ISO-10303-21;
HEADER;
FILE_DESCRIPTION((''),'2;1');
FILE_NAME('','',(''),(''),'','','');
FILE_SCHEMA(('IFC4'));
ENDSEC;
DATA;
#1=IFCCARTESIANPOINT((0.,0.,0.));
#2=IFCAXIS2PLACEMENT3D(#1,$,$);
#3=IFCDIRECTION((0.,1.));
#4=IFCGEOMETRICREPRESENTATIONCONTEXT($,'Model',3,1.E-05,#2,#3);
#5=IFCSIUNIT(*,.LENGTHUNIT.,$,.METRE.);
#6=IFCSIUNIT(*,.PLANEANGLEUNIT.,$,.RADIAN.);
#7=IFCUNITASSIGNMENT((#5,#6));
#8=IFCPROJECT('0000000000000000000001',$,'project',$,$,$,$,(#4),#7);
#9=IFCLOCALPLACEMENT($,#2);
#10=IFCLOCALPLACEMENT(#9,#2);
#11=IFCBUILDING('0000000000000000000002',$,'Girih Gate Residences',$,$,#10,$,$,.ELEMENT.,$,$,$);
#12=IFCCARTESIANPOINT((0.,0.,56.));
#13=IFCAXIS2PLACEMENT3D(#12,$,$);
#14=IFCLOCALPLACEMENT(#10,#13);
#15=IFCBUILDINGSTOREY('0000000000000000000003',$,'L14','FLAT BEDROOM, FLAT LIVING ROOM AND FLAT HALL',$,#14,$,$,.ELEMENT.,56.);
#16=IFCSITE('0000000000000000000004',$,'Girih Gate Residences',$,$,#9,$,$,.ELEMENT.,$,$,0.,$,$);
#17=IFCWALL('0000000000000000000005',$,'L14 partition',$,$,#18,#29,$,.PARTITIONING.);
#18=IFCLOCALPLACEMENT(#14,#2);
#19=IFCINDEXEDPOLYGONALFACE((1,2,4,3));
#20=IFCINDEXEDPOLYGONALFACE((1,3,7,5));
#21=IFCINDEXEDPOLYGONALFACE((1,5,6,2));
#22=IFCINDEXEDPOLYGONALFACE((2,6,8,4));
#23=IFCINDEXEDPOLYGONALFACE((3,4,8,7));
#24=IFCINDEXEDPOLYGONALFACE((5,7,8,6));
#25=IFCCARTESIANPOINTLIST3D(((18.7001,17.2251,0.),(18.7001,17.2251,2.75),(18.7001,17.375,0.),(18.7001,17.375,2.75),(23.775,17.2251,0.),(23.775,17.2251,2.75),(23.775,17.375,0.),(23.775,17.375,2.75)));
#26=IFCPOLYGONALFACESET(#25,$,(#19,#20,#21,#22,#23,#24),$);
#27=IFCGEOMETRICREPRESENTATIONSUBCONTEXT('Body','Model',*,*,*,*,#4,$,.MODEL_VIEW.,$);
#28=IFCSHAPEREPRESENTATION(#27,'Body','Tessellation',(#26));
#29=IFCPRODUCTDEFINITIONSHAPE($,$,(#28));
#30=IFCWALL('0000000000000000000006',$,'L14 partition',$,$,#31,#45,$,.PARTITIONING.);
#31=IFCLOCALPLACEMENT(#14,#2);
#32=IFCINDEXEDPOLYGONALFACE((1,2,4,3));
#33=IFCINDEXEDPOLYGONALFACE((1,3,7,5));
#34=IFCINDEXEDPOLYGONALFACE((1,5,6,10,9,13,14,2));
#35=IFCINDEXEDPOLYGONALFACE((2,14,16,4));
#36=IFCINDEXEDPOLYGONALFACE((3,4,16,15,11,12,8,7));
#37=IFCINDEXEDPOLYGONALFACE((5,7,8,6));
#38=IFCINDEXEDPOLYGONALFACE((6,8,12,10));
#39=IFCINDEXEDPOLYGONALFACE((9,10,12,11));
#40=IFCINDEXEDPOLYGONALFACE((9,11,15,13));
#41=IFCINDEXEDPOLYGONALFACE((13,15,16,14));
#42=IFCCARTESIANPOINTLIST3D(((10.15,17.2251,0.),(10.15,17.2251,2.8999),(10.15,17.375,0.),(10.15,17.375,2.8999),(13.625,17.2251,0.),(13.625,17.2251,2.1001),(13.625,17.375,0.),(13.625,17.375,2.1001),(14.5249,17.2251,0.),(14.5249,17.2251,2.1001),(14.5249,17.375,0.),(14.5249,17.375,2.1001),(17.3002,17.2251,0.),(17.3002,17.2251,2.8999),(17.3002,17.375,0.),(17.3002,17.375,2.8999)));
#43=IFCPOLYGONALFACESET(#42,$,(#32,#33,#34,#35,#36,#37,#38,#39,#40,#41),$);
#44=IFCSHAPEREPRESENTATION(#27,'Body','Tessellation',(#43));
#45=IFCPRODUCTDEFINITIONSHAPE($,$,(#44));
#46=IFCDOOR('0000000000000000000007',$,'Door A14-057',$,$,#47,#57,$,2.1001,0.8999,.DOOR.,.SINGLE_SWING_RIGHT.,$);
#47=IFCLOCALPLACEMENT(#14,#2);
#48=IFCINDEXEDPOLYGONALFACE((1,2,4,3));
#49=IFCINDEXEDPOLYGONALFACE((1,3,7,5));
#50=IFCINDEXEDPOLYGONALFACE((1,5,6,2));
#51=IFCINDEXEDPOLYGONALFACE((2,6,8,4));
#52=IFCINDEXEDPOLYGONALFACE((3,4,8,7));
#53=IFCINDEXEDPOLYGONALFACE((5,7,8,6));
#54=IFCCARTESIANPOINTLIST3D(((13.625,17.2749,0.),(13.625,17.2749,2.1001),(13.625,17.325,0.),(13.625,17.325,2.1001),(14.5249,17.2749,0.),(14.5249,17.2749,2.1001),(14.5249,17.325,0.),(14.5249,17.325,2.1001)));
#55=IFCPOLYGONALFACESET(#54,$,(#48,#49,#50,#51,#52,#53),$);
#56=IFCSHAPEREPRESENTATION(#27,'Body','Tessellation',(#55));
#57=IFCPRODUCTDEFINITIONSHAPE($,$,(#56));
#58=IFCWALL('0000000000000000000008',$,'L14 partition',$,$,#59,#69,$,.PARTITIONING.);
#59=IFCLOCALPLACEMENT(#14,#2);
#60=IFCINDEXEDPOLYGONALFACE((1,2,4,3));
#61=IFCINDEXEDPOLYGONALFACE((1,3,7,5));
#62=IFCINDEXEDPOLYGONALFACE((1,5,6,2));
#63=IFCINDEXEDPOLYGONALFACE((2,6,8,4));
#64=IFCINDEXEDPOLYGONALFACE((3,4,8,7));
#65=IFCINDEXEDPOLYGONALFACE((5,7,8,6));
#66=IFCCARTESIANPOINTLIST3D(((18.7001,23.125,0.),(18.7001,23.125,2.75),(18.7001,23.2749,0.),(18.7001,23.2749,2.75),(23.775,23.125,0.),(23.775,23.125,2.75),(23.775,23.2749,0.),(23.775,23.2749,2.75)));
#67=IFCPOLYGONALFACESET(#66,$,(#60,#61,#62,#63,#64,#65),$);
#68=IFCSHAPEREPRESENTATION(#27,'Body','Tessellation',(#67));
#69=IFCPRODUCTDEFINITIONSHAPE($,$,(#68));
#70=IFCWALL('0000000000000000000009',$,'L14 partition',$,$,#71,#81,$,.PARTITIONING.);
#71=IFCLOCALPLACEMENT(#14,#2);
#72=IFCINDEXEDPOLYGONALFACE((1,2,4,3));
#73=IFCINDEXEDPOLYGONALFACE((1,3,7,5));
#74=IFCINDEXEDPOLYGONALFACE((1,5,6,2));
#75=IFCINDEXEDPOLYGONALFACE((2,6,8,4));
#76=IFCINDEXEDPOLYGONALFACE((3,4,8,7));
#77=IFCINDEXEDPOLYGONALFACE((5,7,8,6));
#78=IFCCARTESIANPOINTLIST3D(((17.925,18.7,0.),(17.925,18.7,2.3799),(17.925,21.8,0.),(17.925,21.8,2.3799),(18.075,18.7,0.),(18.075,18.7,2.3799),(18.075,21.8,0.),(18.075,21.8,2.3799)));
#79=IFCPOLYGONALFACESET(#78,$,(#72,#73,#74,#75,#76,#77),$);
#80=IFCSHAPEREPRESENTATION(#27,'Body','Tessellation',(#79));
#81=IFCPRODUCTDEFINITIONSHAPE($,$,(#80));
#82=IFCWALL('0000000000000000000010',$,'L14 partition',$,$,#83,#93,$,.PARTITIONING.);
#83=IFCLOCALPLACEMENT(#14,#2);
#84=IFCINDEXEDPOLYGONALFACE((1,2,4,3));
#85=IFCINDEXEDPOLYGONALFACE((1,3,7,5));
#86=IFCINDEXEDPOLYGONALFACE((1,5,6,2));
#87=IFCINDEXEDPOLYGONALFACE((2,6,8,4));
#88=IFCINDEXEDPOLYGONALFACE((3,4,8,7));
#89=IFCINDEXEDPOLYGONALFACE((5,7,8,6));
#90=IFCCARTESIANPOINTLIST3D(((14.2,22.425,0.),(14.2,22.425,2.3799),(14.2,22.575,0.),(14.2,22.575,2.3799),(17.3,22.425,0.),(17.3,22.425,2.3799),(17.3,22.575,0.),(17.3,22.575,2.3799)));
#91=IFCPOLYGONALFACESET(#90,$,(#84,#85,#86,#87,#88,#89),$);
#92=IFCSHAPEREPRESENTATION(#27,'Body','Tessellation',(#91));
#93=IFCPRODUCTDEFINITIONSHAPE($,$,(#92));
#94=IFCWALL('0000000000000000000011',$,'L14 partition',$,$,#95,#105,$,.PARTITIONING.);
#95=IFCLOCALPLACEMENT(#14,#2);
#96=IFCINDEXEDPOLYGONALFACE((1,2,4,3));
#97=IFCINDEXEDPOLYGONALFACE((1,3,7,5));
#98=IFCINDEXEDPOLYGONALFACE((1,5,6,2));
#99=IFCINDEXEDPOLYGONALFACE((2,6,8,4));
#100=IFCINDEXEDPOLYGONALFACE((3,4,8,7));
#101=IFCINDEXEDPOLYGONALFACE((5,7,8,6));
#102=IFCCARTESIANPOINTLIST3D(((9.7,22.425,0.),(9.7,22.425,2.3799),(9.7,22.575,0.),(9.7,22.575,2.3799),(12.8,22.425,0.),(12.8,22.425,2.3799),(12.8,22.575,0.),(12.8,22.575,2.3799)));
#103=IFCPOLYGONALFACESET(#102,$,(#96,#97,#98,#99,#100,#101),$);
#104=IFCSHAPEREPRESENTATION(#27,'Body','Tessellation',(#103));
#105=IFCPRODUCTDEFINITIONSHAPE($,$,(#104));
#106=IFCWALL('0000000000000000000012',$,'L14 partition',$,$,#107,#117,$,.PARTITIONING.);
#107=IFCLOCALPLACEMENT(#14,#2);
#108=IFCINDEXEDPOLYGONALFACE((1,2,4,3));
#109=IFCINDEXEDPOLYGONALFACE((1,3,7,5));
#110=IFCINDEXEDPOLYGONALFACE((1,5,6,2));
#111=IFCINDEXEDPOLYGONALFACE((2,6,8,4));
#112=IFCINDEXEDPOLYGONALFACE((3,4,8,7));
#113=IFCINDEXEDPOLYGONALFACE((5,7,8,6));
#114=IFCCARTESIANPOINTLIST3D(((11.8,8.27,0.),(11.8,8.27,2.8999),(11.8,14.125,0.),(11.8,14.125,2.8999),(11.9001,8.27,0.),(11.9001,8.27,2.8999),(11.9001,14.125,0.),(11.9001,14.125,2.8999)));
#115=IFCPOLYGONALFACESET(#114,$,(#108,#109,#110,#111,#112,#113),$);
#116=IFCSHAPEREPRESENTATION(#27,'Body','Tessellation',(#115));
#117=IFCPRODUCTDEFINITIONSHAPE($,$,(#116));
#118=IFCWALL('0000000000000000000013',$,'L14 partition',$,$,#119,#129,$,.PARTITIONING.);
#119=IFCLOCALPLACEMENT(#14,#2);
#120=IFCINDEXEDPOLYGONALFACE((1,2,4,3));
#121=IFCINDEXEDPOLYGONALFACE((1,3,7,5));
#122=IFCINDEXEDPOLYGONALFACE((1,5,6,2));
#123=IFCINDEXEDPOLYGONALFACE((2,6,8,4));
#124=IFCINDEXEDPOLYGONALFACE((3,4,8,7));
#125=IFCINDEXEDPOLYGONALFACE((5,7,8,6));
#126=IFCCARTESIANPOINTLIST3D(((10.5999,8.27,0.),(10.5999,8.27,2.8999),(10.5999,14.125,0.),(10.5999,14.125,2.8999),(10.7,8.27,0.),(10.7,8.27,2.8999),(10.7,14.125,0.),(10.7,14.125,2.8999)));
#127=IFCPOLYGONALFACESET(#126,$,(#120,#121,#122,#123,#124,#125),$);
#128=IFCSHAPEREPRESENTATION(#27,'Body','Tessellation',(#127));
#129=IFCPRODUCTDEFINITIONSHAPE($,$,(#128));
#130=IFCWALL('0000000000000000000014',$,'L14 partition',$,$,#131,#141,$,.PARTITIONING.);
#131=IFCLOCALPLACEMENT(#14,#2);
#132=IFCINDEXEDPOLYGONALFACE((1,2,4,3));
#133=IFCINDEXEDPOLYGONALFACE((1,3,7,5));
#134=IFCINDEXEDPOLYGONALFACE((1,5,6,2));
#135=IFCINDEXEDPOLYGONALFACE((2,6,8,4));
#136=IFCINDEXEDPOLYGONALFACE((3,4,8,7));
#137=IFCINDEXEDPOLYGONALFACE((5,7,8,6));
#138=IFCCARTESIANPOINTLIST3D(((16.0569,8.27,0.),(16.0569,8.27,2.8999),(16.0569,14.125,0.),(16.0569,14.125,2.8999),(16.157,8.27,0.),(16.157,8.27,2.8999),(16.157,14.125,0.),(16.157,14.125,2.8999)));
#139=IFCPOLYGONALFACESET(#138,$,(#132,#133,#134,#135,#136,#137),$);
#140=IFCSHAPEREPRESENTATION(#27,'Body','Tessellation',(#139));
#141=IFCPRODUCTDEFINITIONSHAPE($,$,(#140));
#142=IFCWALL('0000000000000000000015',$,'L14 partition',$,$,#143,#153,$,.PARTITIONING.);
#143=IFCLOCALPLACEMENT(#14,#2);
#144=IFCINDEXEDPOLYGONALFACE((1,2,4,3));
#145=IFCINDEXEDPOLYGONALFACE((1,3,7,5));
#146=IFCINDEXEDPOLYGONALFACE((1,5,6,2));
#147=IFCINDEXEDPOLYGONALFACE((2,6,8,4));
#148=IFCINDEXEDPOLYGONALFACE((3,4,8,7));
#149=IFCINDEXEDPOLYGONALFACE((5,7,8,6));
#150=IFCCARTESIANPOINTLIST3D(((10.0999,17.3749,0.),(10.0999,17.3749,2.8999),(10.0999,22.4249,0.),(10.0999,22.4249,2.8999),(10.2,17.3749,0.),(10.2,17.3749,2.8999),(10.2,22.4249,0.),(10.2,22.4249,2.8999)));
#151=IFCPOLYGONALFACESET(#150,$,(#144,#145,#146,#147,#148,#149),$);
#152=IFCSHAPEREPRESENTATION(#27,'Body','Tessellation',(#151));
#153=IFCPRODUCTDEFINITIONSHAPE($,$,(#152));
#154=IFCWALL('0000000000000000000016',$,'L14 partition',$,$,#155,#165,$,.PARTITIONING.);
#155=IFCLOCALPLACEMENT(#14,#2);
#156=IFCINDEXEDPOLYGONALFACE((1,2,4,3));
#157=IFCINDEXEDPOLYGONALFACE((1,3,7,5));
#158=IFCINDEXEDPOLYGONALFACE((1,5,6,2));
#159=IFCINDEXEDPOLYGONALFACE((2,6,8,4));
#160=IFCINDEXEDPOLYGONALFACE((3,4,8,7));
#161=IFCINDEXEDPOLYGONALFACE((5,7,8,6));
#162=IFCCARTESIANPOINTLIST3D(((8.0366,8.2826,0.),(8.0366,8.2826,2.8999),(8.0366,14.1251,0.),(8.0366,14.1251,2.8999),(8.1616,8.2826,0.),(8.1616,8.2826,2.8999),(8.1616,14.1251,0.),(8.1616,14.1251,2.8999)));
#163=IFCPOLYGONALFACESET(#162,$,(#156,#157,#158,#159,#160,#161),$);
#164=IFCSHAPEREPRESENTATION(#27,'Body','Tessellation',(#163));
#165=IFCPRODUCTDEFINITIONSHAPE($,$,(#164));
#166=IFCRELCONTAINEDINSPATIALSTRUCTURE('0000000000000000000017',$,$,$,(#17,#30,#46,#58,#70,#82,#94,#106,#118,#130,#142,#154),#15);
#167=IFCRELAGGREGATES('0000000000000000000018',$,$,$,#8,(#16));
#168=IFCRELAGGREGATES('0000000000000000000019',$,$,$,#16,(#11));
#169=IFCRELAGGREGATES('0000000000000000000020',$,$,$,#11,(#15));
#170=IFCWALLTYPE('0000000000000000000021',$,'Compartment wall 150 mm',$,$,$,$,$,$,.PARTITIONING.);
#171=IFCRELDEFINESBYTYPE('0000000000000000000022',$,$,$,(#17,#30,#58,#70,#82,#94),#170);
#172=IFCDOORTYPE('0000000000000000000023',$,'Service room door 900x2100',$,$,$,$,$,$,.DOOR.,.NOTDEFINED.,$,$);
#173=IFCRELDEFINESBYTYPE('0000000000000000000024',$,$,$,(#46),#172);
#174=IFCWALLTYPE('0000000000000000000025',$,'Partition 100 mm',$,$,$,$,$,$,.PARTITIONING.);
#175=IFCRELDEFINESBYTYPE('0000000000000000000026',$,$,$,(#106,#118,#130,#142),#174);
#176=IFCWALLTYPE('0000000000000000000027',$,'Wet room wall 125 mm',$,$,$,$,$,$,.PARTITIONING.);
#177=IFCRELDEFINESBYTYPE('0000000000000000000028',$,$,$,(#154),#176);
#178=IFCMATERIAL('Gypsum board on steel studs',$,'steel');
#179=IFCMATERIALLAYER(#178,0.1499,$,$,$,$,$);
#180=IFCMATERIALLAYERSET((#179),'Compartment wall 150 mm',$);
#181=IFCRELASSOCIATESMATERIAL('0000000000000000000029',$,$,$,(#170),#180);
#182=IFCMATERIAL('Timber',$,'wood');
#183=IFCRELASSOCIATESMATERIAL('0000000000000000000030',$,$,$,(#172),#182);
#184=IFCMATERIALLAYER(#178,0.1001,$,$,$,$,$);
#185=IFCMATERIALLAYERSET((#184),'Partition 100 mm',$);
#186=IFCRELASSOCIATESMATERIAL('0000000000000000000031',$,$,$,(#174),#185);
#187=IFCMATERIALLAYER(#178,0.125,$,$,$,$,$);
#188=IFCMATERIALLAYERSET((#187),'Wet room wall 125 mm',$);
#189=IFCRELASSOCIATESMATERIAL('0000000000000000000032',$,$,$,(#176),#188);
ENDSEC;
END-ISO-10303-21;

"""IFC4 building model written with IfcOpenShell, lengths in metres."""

from ifc_helpers import new_model, si_unit, direction, frame, frame_2d, origin, place, context, subcontext, project, spatial, rectangle, extrude, material, layer, layer_set, type_object, element, fill, save


model = new_model("IFC4")

# Units and contexts
model_context = context("Model", 3, precision=1e-05, world=origin(), true_north=direction((0.0, 1.0)))
body_context = subcontext(model_context, "Body", "Model", "MODEL_VIEW")
ifc_project = project(units=[si_unit("LENGTHUNIT", "METRE"), si_unit("PLANEANGLEUNIT", "RADIAN")], contexts=[model_context])

# Site, building, storey
site_placement = place(None, origin())
site = spatial("IfcSite", under=ifc_project, at=site_placement, Name="Girih Gate Residences", CompositionType="ELEMENT", RefElevation=0.0)
building_placement = place(site_placement, origin())
building = spatial("IfcBuilding", under=site, at=building_placement, Name="Girih Gate Residences", CompositionType="ELEMENT")
storey_placement = place(building_placement, frame((0.0, 0.0, 56.0)))
storey = spatial("IfcBuildingStorey", under=building, at=storey_placement, Name="L14", Description="FLAT BEDROOM, FLAT LIVING ROOM AND FLAT HALL", CompositionType="ELEMENT", Elevation=56.0)

# Shared definitions
ifc_material_1 = material(Name="Gypsum board on steel studs", Category="steel")

# Shared definitions
ifc_layer_1 = layer(ifc_material_1, 0.1499)
ifc_layer_set_1 = layer_set([ifc_layer_1], Name="Compartment wall 150 mm")
wall_type_1 = type_object("IfcWallType", Name="Compartment wall 150 mm", PredefinedType="PARTITIONING", material=ifc_layer_set_1)

# Wall
wall_1_placement = place(storey_placement, frame((18.7, 17.3, 0.0), z_axis=(0.0, 0.0, 1.0), x_axis=(1.0, 0.0, 0.0)))
element("IfcWall", 1, at=wall_1_placement, inside=storey, type_object=wall_type_1, Name="L14 partition", PredefinedType="PARTITIONING", context=body_context, shape_type="SweptSolid", body=[
    extrude(rectangle(XDim=5.075, YDim=0.1499, at=frame_2d((2.5376, 0.0))), origin(), (0.0, 0.0, 1.0), 2.75),
])

# Wall, opening, door
wall_2_placement = place(storey_placement, frame((10.1499, 17.3, 0.0), z_axis=(0.0, 0.0, 1.0), x_axis=(1.0, 0.0, 0.0)))
wall_2 = element("IfcWall", 2, at=wall_2_placement, inside=storey, type_object=wall_type_1, Name="L14 partition", PredefinedType="PARTITIONING", context=body_context, shape_type="SweptSolid", body=[
    extrude(rectangle(XDim=7.1501, YDim=0.1499, at=frame_2d((3.5752, 0.0))), origin(), (0.0, 0.0, 1.0), 2.8999),
])
opening_1_placement = place(wall_2_placement, frame((3.4751, 0.0, 0.0)))
opening_1 = element("IfcOpeningElement", 3, at=opening_1_placement, cuts=wall_2, PredefinedType="OPENING", context=body_context, shape_type="SweptSolid", body=[
    extrude(rectangle(XDim=0.8999, YDim=2.1001, at=frame_2d((0.45, 1.05))), frame((0.0, 0.085, 0.0), z_axis=(0.0, -1.0, 0.0), x_axis=(1.0, 0.0, 0.0)), (0.0, 0.0, 1.0), 0.1699),
])
ifc_material_2 = material(Name="Timber", Category="wood")
door_type_1 = type_object("IfcDoorType", Name="Service room door 900x2100", OperationType="NOTDEFINED", PredefinedType="DOOR", material=ifc_material_2)
door_1_placement = place(opening_1_placement, origin())
door_1 = element("IfcDoor", 4, at=door_1_placement, inside=storey, type_object=door_type_1, Name="Door A14-057", OperationType="SINGLE_SWING_RIGHT", OverallHeight=2.1001, OverallWidth=0.8999, PredefinedType="DOOR", context=body_context, shape_type="SweptSolid", body=[
    extrude(rectangle(XDim=0.8999, YDim=2.1001, at=frame_2d((0.45, 1.05))), frame((0.0, 0.0249, 0.0), z_axis=(0.0, -1.0, 0.0), x_axis=(1.0, 0.0, 0.0)), (0.0, 0.0, 1.0), 0.05),
])
fill(opening_1, door_1)

# Walls
wall_3_placement = place(storey_placement, frame((18.7, 23.2, 0.0), z_axis=(0.0, 0.0, 1.0), x_axis=(1.0, 0.0, 0.0)))
element("IfcWall", 5, at=wall_3_placement, inside=storey, type_object=wall_type_1, Name="L14 partition", PredefinedType="PARTITIONING", context=body_context, shape_type="SweptSolid", body=[
    extrude(rectangle(XDim=5.075, YDim=0.1499, at=frame_2d((2.5376, 0.0))), origin(), (0.0, 0.0, 1.0), 2.75),
])
for number, where, z_axis, x_axis, name in (
    (6, (18.0, 18.7, 0.0), (0.0, 0.0, 1.0), (0.0, 1.0, 0.0), "L14 partition"),
    (7, (14.2, 22.5, 0.0), (0.0, 0.0, 1.0), (1.0, 0.0, 0.0), "L14 partition"),
    (8, (9.7, 22.5, 0.0), (0.0, 0.0, 1.0), (1.0, 0.0, 0.0), "L14 partition"),
):
    element("IfcWall", number, at=place(storey_placement, frame(where, z_axis=z_axis, x_axis=x_axis)), inside=storey, type_object=wall_type_1, Name=name, PredefinedType="PARTITIONING", context=body_context, shape_type="SweptSolid", body=[
        extrude(rectangle(XDim=3.1001, YDim=0.1499, at=frame_2d((1.55, 0.0))), origin(), (0.0, 0.0, 1.0), 2.3799),
    ])
ifc_layer_2 = layer(ifc_material_1, 0.1001)
ifc_layer_set_2 = layer_set([ifc_layer_2], Name="Partition 100 mm")
wall_type_2 = type_object("IfcWallType", Name="Partition 100 mm", PredefinedType="PARTITIONING", material=ifc_layer_set_2)
for number, where, z_axis, x_axis, name in (
    (9, (11.8501, 8.27, 0.0), (0.0, 0.0, 1.0), (0.0, 1.0, 0.0), "L14 partition"),
    (10, (10.6499, 8.27, 0.0), (0.0, 0.0, 1.0), (0.0, 1.0, 0.0), "L14 partition"),
    (11, (16.1069, 8.27, 0.0), (0.0, 0.0, 1.0), (0.0, 1.0, 0.0), "L14 partition"),
):
    element("IfcWall", number, at=place(storey_placement, frame(where, z_axis=z_axis, x_axis=x_axis)), inside=storey, type_object=wall_type_2, Name=name, PredefinedType="PARTITIONING", context=body_context, shape_type="SweptSolid", body=[
        extrude(rectangle(XDim=5.855, YDim=0.1001, at=frame_2d((2.9275, 0.0))), origin(), (0.0, 0.0, 1.0), 2.8999),
    ])
wall_4_placement = place(storey_placement, frame((10.1499, 17.375, 0.0), z_axis=(0.0, 0.0, 1.0), x_axis=(0.0, 1.0, 0.0)))
element("IfcWall", 12, at=wall_4_placement, inside=storey, type_object=wall_type_2, Name="L14 partition", PredefinedType="PARTITIONING", context=body_context, shape_type="SweptSolid", body=[
    extrude(rectangle(XDim=5.05, YDim=0.1001, at=frame_2d((2.5249, 0.0))), origin(), (0.0, 0.0, 1.0), 2.8999),
])
ifc_layer_3 = layer(ifc_material_1, 0.125)
ifc_layer_set_3 = layer_set([ifc_layer_3], Name="Wet room wall 125 mm")
wall_type_3 = type_object("IfcWallType", Name="Wet room wall 125 mm", PredefinedType="PARTITIONING", material=ifc_layer_set_3)
wall_5_placement = place(storey_placement, frame((8.0991, 8.2825, 0.0), z_axis=(0.0, 0.0, 1.0), x_axis=(0.0, 1.0, 0.0)))
element("IfcWall", 13, at=wall_5_placement, inside=storey, type_object=wall_type_3, Name="L14 partition", PredefinedType="PARTITIONING", context=body_context, shape_type="SweptSolid", body=[
    extrude(rectangle(XDim=5.8425, YDim=0.125, at=frame_2d((2.9214, 0.0))), origin(), (0.0, 0.0, 1.0), 2.8999),
])

save(model, "model.ifc")
